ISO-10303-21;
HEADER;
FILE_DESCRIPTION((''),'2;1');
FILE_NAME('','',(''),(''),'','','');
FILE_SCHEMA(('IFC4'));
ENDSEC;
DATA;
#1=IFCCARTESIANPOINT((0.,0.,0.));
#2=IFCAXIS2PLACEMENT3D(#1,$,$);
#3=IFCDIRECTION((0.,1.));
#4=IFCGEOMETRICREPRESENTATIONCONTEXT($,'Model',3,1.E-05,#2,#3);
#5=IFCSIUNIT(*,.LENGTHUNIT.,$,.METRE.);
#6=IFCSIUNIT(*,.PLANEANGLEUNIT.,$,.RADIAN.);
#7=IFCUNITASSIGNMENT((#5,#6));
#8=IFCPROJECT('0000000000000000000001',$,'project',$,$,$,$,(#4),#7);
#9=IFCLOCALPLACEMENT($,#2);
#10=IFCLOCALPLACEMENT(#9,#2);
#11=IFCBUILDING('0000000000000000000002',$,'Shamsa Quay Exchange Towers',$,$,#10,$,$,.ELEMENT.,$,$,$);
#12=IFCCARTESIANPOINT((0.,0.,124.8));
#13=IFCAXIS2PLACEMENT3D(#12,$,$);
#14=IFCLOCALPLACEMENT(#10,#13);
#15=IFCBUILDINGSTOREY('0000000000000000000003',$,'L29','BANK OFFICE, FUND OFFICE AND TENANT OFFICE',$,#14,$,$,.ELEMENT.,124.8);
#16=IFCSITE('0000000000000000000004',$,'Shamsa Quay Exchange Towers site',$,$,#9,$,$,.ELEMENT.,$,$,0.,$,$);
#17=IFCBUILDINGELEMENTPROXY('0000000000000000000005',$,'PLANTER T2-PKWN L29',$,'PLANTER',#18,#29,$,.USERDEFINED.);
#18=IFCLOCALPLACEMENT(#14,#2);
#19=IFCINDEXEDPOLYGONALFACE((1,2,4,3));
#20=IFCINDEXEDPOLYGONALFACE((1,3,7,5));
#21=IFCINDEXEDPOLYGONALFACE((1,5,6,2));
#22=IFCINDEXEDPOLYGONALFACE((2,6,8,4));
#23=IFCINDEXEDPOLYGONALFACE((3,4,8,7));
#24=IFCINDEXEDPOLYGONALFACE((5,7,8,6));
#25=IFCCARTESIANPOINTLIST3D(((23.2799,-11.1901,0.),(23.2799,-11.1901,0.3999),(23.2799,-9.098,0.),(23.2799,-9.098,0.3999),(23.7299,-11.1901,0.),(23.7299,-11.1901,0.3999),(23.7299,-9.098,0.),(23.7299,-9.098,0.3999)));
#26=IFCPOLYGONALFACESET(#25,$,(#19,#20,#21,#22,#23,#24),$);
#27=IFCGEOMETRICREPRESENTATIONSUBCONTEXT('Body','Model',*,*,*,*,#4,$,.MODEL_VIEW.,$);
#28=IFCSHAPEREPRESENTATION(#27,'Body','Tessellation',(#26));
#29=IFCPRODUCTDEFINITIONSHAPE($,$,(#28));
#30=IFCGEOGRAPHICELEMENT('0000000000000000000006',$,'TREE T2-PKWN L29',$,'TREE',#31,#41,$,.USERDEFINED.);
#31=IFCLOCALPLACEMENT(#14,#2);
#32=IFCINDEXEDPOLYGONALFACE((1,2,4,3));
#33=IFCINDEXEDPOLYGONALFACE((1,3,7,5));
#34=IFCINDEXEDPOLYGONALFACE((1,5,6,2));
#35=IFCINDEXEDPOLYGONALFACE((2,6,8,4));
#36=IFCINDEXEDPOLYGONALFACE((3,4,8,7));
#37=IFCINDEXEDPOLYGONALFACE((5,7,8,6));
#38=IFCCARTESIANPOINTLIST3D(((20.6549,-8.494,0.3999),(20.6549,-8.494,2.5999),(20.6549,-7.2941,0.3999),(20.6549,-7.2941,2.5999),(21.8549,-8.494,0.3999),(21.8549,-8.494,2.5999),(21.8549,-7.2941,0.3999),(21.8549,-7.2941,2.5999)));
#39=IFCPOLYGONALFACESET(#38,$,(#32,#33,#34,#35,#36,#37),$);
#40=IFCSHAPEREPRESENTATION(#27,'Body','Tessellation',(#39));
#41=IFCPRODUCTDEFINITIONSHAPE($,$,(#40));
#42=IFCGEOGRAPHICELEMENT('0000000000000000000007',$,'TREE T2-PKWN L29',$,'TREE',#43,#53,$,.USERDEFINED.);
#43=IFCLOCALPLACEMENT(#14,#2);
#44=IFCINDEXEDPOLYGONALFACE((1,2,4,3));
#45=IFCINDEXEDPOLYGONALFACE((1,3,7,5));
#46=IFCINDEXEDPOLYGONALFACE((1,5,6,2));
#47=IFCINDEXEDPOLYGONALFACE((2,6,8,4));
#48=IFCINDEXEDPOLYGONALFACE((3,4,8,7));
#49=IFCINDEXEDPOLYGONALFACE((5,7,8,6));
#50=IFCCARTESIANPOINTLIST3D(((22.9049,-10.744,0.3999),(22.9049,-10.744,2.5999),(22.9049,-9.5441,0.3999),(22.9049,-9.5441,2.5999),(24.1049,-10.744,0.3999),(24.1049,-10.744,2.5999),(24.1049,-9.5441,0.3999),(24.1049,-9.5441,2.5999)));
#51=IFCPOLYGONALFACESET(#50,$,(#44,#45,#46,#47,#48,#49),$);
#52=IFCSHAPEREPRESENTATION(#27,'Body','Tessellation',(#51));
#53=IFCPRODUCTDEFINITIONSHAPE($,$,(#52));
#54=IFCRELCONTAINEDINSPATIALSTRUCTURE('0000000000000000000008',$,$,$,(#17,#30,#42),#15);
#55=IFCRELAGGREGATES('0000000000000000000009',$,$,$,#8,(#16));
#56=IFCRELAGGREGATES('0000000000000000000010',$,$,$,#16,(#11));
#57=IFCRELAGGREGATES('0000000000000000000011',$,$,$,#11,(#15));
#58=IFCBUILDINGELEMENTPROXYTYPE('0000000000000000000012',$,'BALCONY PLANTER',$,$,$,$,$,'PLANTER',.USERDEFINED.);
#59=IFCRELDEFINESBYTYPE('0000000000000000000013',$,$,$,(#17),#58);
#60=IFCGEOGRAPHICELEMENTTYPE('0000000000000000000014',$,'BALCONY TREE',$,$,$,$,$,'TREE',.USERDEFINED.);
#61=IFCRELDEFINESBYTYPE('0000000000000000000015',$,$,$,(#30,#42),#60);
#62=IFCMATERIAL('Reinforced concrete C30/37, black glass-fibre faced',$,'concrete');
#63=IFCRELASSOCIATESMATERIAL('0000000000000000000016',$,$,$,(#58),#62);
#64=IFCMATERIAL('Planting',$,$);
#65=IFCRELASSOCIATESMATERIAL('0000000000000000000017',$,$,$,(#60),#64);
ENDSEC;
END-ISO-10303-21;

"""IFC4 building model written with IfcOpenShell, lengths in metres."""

from ifc_helpers import new_model, si_unit, direction, frame, origin, origin_2d, place, context, subcontext, project, spatial, rectangle, extrude, material, type_object, element, save


model = new_model("IFC4")

# Units and contexts
model_context = context("Model", 3, precision=1e-05, world=origin(), true_north=direction((0.0, 1.0)))
body_context = subcontext(model_context, "Body", "Model", "MODEL_VIEW")
ifc_project = project(units=[si_unit("LENGTHUNIT", "METRE"), si_unit("PLANEANGLEUNIT", "RADIAN")], contexts=[model_context])

# Site, building, storey
site_placement = place(None, origin())
site = spatial("IfcSite", under=ifc_project, at=site_placement, Name="Shamsa Quay Exchange Towers site", CompositionType="ELEMENT", RefElevation=0.0)
building_placement = place(site_placement, origin())
building = spatial("IfcBuilding", under=site, at=building_placement, Name="Shamsa Quay Exchange Towers", CompositionType="ELEMENT")
storey_placement = place(building_placement, frame((0.0, 0.0, 124.8)))
storey = spatial("IfcBuildingStorey", under=building, at=storey_placement, Name="L29", Description="BANK OFFICE, FUND OFFICE AND TENANT OFFICE", CompositionType="ELEMENT", Elevation=124.8)

# Building element proxy
ifc_material_1 = material(Name="Reinforced concrete C30/37, black glass-fibre faced", Category="concrete")
building_element_proxy_type = type_object("IfcBuildingElementProxyType", Name="BALCONY PLANTER", ElementType="PLANTER", PredefinedType="USERDEFINED", material=ifc_material_1)
for number, where, z_axis, x_axis, name in (
    (1, (23.5049, -10.144, 0.0), (0.0, 0.0, 1.0), (0.0, -1.0, 0.0), "PLANTER T2-PKWN L29"),
):
    element("IfcBuildingElementProxy", number, at=place(storey_placement, frame(where, z_axis=z_axis, x_axis=x_axis)), inside=storey, type_object=building_element_proxy_type, Name=name, ObjectType="PLANTER", PredefinedType="USERDEFINED", context=body_context, shape_type="SweptSolid", body=[
        extrude(rectangle(XDim=2.092, YDim=0.45, at=origin_2d()), origin(), (0.0, 0.0, 1.0), 0.3999),
    ])

# Geographic elements
ifc_material_2 = material(Name="Planting")
geographic_element_type = type_object("IfcGeographicElementType", Name="BALCONY TREE", ElementType="TREE", PredefinedType="USERDEFINED", material=ifc_material_2)
for number, where, z_axis, x_axis, name in (
    (2, (21.2549, -7.894, 0.3999), (0.0, 0.0, 1.0), (0.0, -1.0, 0.0), "TREE T2-PKWN L29"),
    (3, (23.5049, -10.144, 0.3999), (0.0, 0.0, 1.0), (0.0, -1.0, 0.0), "TREE T2-PKWN L29"),
):
    element("IfcGeographicElement", number, at=place(storey_placement, frame(where, z_axis=z_axis, x_axis=x_axis)), inside=storey, type_object=geographic_element_type, Name=name, ObjectType="TREE", PredefinedType="USERDEFINED", context=body_context, shape_type="SweptSolid", body=[
        extrude(rectangle(XDim=1.2, YDim=1.2, at=origin_2d()), origin(), (0.0, 0.0, 1.0), 2.2),
    ])

save(model, "model.ifc")
